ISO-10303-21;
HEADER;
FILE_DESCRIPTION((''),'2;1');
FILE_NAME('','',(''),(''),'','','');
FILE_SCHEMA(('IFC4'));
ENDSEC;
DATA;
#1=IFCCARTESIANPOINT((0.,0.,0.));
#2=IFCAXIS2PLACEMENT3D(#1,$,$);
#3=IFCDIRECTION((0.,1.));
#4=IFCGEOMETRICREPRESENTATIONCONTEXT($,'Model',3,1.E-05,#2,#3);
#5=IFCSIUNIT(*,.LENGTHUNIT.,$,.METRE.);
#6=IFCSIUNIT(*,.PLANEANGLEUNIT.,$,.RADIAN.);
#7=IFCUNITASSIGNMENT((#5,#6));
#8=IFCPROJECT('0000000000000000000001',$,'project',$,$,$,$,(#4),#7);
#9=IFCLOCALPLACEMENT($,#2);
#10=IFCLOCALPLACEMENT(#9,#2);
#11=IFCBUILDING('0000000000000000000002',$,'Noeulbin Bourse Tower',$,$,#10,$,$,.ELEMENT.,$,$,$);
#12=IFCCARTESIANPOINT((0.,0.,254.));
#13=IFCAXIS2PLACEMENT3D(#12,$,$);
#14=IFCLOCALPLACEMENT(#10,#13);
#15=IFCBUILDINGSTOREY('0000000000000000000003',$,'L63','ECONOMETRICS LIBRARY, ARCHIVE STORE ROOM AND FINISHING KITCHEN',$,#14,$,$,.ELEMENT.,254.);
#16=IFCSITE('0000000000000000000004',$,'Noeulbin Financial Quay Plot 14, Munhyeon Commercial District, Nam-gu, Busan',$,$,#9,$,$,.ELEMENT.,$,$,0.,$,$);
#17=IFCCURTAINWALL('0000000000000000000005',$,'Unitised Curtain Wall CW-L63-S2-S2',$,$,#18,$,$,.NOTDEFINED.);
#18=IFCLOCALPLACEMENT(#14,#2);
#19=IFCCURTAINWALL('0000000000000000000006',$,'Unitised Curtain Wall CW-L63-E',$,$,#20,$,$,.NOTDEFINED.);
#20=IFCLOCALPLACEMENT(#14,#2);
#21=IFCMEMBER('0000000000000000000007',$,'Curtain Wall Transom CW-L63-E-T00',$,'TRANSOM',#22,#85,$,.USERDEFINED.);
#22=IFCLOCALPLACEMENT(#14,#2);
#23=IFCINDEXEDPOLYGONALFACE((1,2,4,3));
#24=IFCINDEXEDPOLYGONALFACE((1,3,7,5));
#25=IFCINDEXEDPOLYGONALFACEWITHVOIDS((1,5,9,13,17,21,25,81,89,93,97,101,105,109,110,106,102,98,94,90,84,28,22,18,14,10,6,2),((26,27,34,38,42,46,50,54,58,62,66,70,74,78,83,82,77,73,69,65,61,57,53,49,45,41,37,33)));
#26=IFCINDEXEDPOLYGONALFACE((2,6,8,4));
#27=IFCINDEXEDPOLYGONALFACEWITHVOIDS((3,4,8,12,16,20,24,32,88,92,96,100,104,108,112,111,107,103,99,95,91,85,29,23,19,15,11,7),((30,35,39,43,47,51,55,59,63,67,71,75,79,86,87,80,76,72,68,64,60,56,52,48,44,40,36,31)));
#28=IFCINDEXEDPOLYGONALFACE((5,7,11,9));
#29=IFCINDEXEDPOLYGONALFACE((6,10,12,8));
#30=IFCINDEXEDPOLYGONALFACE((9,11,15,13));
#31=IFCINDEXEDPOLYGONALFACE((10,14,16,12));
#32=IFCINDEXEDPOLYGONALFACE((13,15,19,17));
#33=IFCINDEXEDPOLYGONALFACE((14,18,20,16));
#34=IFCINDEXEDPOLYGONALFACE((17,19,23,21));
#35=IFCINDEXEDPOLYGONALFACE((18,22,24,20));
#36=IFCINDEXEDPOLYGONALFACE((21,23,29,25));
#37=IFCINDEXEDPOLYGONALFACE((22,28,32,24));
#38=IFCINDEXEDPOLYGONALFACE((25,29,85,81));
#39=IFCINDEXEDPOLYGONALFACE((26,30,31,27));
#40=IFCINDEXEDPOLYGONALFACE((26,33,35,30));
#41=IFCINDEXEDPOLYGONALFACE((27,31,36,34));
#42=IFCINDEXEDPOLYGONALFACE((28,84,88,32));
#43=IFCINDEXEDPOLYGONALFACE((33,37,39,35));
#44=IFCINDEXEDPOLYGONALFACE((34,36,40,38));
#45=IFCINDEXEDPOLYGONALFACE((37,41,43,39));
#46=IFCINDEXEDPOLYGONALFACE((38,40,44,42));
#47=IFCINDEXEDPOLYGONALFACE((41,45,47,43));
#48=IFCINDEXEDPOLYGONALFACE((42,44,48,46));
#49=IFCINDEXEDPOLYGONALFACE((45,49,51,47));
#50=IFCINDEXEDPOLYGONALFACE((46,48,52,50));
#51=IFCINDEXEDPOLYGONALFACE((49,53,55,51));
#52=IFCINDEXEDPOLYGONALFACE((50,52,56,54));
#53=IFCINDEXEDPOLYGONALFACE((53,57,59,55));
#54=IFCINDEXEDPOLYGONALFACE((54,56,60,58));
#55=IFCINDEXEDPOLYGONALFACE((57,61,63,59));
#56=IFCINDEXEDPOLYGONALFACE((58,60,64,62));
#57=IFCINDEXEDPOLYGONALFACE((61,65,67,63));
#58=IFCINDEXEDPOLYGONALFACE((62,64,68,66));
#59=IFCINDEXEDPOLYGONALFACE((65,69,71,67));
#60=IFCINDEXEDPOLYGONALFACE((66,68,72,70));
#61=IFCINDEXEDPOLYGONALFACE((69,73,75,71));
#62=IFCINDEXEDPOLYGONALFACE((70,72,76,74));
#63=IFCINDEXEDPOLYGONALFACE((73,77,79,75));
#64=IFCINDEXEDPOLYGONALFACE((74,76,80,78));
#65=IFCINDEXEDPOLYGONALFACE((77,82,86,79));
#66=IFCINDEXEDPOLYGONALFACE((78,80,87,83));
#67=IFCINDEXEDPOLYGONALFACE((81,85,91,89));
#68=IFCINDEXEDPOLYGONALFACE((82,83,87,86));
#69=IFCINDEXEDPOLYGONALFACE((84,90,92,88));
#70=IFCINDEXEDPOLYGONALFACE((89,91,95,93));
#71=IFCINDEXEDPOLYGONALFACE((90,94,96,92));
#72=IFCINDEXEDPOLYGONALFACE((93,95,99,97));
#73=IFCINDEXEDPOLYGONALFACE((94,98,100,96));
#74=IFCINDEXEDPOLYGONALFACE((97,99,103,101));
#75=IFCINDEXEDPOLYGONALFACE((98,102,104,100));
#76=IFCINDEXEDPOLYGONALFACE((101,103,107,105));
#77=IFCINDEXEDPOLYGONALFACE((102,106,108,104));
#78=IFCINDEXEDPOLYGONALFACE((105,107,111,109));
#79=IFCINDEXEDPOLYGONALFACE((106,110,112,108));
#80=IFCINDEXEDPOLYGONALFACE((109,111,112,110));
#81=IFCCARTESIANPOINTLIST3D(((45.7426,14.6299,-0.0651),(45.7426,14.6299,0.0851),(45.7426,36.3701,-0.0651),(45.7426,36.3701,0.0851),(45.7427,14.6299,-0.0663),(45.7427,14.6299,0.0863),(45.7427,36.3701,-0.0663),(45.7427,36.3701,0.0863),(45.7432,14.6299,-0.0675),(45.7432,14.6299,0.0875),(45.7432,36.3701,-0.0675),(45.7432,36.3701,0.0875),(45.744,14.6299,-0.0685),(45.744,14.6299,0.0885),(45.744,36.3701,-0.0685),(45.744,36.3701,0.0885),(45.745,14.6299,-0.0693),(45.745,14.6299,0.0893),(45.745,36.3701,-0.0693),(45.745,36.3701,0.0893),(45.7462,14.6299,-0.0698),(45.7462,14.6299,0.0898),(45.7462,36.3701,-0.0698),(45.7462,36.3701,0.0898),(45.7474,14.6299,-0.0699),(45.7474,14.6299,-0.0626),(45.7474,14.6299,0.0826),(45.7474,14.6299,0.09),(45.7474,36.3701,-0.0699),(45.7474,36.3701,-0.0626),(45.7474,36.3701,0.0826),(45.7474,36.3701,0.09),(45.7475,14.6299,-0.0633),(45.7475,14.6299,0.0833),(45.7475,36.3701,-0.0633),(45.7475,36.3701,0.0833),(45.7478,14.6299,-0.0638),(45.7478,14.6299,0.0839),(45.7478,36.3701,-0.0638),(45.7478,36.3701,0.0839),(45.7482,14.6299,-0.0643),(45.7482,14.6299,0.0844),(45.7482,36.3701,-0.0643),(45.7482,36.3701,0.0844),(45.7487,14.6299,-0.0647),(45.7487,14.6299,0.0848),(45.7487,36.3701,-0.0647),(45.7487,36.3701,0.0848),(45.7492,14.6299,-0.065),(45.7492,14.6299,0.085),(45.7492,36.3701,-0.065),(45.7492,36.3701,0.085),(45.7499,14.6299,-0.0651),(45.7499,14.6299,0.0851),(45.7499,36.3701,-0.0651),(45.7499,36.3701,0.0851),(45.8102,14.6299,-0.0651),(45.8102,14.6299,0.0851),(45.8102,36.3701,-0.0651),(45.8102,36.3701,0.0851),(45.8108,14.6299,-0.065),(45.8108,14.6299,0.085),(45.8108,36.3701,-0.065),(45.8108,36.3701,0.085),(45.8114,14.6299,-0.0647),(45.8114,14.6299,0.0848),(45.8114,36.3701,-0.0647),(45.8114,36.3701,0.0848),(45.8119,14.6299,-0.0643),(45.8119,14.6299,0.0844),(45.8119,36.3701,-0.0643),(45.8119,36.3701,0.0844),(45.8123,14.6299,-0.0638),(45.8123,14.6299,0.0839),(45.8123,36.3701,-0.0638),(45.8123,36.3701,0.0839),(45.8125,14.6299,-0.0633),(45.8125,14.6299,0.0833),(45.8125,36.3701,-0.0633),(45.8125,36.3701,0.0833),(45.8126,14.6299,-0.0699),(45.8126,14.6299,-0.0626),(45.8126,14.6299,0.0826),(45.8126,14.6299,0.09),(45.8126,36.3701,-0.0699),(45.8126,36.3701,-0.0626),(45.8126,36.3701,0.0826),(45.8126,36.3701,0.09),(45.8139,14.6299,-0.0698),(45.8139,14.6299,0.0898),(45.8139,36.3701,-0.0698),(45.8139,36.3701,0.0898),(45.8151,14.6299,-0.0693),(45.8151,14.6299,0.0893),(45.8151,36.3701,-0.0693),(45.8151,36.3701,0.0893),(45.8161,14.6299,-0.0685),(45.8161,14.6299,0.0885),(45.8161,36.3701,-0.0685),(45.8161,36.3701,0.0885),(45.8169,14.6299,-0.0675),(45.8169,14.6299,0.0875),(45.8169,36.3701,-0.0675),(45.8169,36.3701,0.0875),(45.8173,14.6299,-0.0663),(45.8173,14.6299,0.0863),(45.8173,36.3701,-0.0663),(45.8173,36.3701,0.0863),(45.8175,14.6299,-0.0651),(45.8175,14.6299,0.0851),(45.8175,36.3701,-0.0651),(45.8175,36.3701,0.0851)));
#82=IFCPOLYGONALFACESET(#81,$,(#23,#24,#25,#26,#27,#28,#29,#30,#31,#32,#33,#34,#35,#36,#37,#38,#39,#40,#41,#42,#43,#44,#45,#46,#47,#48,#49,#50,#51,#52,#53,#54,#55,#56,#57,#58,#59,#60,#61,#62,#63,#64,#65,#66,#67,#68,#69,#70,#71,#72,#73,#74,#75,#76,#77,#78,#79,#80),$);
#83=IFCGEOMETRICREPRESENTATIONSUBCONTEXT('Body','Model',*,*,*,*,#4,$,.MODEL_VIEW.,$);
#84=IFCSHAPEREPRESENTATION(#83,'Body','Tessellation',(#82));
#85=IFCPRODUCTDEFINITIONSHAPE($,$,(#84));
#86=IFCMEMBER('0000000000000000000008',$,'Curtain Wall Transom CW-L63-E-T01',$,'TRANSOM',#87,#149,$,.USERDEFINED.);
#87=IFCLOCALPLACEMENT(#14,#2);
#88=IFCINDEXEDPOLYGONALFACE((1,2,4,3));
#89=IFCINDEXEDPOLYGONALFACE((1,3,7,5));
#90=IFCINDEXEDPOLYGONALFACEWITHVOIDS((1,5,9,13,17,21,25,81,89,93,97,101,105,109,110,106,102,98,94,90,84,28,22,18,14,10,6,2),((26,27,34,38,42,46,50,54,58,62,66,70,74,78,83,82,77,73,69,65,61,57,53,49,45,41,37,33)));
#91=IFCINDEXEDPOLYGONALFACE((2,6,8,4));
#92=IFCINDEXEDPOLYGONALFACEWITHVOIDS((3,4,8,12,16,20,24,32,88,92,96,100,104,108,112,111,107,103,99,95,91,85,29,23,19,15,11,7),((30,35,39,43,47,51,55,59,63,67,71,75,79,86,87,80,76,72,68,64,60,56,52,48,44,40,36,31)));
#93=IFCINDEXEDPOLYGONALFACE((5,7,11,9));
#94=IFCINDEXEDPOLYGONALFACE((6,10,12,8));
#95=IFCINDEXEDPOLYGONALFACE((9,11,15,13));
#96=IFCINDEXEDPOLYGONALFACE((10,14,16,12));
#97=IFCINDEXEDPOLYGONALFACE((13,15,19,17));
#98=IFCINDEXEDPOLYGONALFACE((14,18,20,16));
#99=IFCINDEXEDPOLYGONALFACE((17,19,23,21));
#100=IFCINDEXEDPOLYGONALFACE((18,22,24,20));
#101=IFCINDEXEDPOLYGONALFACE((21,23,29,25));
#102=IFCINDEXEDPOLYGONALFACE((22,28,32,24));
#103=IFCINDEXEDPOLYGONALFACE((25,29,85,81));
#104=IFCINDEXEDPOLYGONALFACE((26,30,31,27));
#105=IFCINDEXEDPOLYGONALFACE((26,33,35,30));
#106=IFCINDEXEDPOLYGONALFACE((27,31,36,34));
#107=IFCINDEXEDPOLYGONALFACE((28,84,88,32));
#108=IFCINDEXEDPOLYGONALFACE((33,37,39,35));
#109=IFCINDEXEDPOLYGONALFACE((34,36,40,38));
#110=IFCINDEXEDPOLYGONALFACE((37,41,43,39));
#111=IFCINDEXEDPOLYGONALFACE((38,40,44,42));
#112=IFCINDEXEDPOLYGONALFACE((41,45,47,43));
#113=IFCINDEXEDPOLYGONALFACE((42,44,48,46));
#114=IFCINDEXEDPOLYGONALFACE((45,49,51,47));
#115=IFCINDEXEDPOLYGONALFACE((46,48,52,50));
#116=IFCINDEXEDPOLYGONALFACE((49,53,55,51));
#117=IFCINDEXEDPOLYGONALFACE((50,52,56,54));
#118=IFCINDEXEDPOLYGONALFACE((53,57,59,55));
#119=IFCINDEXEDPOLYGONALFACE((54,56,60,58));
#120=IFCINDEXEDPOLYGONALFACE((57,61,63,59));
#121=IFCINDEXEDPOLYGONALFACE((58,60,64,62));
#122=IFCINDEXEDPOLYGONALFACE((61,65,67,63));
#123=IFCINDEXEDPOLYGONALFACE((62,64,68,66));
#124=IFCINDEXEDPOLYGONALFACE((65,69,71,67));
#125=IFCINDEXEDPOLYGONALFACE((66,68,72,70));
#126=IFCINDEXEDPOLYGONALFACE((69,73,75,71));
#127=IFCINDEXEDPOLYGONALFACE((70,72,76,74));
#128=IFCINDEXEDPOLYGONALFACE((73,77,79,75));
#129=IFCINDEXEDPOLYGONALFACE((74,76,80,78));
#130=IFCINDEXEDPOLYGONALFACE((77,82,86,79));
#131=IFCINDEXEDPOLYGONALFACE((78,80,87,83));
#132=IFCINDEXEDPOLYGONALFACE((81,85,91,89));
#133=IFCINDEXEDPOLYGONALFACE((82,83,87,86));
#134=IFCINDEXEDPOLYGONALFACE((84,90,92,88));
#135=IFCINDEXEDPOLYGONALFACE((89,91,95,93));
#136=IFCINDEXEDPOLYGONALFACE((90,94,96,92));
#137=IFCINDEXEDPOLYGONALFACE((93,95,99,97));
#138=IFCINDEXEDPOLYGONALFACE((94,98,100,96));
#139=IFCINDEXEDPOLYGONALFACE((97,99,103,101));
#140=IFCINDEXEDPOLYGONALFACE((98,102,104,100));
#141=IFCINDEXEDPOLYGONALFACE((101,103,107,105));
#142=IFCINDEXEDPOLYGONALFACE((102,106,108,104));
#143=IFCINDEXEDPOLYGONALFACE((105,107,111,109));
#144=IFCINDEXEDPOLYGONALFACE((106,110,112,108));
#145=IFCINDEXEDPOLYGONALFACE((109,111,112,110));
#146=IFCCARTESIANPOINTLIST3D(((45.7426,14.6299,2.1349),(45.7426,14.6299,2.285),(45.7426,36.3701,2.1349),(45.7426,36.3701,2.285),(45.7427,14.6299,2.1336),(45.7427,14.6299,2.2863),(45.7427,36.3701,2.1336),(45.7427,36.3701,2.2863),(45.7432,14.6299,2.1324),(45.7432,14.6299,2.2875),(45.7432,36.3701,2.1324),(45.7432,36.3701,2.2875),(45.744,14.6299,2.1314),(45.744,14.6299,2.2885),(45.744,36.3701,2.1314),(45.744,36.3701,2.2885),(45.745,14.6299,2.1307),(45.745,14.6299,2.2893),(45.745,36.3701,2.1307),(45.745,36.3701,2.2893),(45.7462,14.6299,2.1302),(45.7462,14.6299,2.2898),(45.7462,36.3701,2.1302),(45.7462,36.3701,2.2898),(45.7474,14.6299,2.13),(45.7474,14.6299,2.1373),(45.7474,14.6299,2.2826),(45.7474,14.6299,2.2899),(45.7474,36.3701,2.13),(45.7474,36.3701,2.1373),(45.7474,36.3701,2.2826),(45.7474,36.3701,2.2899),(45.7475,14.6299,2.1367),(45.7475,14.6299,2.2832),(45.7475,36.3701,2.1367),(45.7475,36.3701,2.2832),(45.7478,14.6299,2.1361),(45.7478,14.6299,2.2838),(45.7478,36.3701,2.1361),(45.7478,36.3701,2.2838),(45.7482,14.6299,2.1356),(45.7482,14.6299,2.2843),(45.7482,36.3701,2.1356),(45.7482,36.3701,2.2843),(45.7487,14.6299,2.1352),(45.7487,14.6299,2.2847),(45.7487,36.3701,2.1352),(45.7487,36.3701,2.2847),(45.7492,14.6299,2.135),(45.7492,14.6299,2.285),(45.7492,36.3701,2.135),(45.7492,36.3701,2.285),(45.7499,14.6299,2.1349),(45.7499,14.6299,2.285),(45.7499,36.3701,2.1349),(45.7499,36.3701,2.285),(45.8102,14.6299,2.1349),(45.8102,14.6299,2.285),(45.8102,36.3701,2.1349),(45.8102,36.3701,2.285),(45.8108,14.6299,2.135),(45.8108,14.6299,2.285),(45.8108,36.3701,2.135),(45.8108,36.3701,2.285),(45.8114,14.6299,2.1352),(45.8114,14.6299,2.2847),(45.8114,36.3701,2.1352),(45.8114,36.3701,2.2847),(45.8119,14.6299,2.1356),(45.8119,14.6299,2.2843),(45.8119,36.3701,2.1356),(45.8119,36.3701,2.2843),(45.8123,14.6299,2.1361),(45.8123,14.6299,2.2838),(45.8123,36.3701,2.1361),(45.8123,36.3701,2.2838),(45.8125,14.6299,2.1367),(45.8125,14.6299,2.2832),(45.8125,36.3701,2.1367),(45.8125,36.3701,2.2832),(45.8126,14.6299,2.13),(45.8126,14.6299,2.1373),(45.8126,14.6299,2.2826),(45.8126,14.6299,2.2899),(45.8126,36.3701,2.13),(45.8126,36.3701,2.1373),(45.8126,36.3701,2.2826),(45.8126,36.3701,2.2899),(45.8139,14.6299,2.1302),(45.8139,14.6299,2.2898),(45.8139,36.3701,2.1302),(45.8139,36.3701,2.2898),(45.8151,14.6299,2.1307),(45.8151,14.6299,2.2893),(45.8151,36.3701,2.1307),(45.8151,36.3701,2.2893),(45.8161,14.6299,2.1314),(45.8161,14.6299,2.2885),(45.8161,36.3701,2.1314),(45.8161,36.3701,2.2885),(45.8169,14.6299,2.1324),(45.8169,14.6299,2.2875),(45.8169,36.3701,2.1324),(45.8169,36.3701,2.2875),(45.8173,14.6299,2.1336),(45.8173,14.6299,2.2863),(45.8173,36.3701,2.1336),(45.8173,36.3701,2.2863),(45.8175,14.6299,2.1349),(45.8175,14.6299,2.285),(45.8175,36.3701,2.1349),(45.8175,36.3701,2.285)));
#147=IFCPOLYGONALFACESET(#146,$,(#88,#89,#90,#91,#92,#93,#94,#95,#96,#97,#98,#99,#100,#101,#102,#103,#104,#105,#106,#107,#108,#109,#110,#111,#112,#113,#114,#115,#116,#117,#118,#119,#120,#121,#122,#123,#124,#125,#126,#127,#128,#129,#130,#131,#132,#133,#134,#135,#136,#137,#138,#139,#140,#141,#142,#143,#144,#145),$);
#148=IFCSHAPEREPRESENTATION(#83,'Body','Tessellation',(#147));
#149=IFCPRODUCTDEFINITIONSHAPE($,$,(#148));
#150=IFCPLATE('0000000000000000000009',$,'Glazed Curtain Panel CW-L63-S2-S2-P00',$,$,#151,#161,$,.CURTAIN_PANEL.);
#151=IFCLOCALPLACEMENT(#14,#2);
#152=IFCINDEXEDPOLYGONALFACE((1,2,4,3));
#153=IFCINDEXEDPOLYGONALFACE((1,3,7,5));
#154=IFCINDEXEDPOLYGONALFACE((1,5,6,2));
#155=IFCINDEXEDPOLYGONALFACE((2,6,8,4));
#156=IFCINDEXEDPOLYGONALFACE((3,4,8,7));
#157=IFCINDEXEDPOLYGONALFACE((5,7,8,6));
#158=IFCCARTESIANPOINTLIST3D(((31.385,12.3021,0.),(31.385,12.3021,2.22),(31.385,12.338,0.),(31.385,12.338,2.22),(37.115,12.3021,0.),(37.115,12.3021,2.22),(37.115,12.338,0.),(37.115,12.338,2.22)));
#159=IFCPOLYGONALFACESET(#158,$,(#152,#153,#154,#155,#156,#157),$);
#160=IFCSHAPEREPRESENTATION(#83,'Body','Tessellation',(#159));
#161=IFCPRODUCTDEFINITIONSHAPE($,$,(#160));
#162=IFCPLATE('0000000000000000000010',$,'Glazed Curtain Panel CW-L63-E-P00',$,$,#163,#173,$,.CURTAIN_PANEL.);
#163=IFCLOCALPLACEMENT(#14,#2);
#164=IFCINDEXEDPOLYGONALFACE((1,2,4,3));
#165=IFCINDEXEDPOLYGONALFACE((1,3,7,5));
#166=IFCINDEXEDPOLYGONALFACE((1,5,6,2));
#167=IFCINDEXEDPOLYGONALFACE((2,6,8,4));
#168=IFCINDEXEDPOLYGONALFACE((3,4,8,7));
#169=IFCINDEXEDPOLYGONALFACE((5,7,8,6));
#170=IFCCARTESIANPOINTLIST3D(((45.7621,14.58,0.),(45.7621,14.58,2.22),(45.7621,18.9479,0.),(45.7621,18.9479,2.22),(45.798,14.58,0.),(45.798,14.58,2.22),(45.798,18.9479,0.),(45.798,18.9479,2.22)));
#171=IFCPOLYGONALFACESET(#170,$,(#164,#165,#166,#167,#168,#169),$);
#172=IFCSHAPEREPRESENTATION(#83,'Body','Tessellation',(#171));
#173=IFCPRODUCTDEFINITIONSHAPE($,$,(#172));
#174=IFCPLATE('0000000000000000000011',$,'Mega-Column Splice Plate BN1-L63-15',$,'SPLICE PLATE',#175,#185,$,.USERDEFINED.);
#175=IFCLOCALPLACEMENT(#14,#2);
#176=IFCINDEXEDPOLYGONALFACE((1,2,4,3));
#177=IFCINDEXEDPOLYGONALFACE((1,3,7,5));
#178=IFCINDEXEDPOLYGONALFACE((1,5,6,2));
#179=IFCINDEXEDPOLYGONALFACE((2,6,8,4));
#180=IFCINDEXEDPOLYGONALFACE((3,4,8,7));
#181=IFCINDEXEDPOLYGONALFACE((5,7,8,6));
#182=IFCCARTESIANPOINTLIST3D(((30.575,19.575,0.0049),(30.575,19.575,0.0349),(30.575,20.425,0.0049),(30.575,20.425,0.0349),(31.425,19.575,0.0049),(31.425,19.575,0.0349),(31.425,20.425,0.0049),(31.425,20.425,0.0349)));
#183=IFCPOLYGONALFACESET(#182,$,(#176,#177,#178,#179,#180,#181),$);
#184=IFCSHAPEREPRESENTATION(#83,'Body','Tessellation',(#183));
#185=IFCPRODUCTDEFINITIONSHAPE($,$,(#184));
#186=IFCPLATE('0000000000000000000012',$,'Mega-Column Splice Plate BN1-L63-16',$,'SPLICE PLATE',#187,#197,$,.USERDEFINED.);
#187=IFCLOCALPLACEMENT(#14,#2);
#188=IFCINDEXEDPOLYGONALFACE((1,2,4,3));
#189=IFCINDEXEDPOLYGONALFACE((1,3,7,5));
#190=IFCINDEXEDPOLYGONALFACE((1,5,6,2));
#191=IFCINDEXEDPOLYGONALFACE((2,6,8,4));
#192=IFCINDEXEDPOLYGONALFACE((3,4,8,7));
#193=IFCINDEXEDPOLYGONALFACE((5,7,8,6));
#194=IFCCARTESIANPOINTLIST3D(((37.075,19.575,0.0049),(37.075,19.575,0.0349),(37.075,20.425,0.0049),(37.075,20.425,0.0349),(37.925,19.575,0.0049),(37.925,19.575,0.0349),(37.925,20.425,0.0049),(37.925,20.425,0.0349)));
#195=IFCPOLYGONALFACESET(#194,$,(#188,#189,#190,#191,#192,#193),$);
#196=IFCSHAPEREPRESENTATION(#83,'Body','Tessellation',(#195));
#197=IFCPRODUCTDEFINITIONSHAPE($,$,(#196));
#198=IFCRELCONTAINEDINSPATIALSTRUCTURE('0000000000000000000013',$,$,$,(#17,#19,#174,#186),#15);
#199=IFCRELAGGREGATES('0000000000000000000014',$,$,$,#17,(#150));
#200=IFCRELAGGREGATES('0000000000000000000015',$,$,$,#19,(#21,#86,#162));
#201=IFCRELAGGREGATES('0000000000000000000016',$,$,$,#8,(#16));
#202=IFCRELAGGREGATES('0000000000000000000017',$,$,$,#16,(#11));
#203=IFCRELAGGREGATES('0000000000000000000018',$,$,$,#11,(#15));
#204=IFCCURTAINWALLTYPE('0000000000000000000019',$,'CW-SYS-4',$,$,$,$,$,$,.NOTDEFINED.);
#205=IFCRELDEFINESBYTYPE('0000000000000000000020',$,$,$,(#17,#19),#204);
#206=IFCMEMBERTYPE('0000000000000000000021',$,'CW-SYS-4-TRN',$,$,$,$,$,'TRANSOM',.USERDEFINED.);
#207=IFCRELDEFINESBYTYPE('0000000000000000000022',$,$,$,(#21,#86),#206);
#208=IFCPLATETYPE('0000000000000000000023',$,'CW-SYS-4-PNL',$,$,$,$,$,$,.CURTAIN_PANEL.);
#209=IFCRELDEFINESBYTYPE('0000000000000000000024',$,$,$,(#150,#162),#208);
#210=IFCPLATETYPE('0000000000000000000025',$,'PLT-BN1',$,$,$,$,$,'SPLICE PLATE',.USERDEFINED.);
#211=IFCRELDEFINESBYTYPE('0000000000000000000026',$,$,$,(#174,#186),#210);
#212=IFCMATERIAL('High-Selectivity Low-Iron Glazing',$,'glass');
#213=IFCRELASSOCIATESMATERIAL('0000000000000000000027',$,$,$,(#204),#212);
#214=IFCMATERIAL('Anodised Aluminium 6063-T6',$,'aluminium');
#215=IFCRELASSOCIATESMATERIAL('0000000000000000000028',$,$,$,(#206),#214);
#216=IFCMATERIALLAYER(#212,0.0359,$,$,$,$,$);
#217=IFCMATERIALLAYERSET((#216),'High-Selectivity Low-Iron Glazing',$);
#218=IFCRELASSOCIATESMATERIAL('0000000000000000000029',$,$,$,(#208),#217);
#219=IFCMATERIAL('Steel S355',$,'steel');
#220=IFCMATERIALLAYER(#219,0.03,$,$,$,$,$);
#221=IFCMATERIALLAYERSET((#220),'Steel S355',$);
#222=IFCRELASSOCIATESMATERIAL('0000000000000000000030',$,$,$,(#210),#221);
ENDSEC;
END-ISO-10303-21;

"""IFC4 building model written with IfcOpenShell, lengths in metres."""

from ifc_helpers import new_model, si_unit, direction, frame, origin, origin_2d, place, context, subcontext, project, spatial, rectangle, hollow_rectangle, extrude, material, layer, layer_set, material_profile, profile_set, type_object, element, aggregate, save


model = new_model("IFC4")

# Units and contexts
model_context = context("Model", 3, precision=1e-05, world=origin(), true_north=direction((0.0, 1.0)))
body_context = subcontext(model_context, "Body", "Model", "MODEL_VIEW")
ifc_project = project(units=[si_unit("LENGTHUNIT", "METRE"), si_unit("PLANEANGLEUNIT", "RADIAN")], contexts=[model_context])

# Site, building, storey
site_placement = place(None, origin())
site = spatial("IfcSite", under=ifc_project, at=site_placement, Name="Noeulbin Financial Quay Plot 14, Munhyeon Commercial District, Nam-gu, Busan", CompositionType="ELEMENT", RefElevation=0.0)
building_placement = place(site_placement, origin())
building = spatial("IfcBuilding", under=site, at=building_placement, Name="Noeulbin Bourse Tower", CompositionType="ELEMENT")
storey_placement = place(building_placement, frame((0.0, 0.0, 254.0)))
storey = spatial("IfcBuildingStorey", under=building, at=storey_placement, Name="L63", Description="ECONOMETRICS LIBRARY, ARCHIVE STORE ROOM AND FINISHING KITCHEN", CompositionType="ELEMENT", Elevation=254.0)

# Shared definitions
ifc_material_1 = material(Name="Steel S355", Category="steel")

# Curtain walls
ifc_material_2 = material(Name="High-Selectivity Low-Iron Glazing", Category="glass")
curtain_wall_type = type_object("IfcCurtainWallType", Name="CW-SYS-4", PredefinedType="NOTDEFINED", material=ifc_material_2)
curtain_wall_1_placement = place(storey_placement, origin())
curtain_wall_1 = element("IfcCurtainWall", 1, at=curtain_wall_1_placement, inside=storey, type_object=curtain_wall_type, Name="Unitised Curtain Wall CW-L63-S2-S2", PredefinedType="NOTDEFINED")
ifc_material_3 = material(Name="Anodised Aluminium 6063-T6", Category="aluminium")
curtain_wall_2_placement = place(storey_placement, origin())
curtain_wall_2 = element("IfcCurtainWall", 2, at=curtain_wall_2_placement, inside=storey, type_object=curtain_wall_type, Name="Unitised Curtain Wall CW-L63-E", PredefinedType="NOTDEFINED")

# Members
ifc_material_profile_1 = material_profile(ifc_material_3, hollow_rectangle(XDim=0.075, YDim=0.1599, WallThickness=0.0049, InnerFilletRadius=0.0024, OuterFilletRadius=0.0049, at=origin_2d()), Name="ALU-TRAN-75x160x5", Category="LoadBearing")
ifc_profile_set_1 = profile_set([ifc_material_profile_1], Name="Anodised Aluminium 6063-T6")
member_type_1 = type_object("IfcMemberType", Name="CW-SYS-4-TRN", ElementType="TRANSOM", PredefinedType="USERDEFINED", material=ifc_profile_set_1)
member_1_placement = place(storey_placement, frame((45.78, 14.6299, 0.01), z_axis=(0.0, 1.0, 0.0), x_axis=(-1.0, 0.0, 0.0)))
member_1 = element("IfcMember", 3, at=member_1_placement, type_object=member_type_1, Name="Curtain Wall Transom CW-L63-E-T00", ObjectType="TRANSOM", PredefinedType="USERDEFINED", context=body_context, shape_type="SweptSolid", body=[
    extrude(hollow_rectangle(XDim=0.075, YDim=0.1599, WallThickness=0.0049, InnerFilletRadius=0.0024, OuterFilletRadius=0.0049, at=origin_2d()), origin(), (0.0, 0.0, 1.0), 21.7402),
])
member_2_placement = place(storey_placement, frame((45.78, 14.6299, 2.21), z_axis=(0.0, 1.0, 0.0), x_axis=(-1.0, 0.0, 0.0)))
member_2 = element("IfcMember", 4, at=member_2_placement, type_object=member_type_1, Name="Curtain Wall Transom CW-L63-E-T01", ObjectType="TRANSOM", PredefinedType="USERDEFINED", context=body_context, shape_type="SweptSolid", body=[
    extrude(hollow_rectangle(XDim=0.075, YDim=0.1599, WallThickness=0.0049, InnerFilletRadius=0.0024, OuterFilletRadius=0.0049, at=origin_2d()), origin(), (0.0, 0.0, 1.0), 21.7402),
])

# Plates
ifc_layer_1 = layer(ifc_material_2, 0.0359)
ifc_layer_set_1 = layer_set([ifc_layer_1], Name="High-Selectivity Low-Iron Glazing")
plate_type_1 = type_object("IfcPlateType", Name="CW-SYS-4-PNL", PredefinedType="CURTAIN_PANEL", material=ifc_layer_set_1)
plate_1_placement = place(storey_placement, frame((34.25, 12.3201, 0.0), z_axis=(0.0, 0.0, 1.0), x_axis=(1.0, 0.0, 0.0)))
plate_1 = element("IfcPlate", 5, at=plate_1_placement, type_object=plate_type_1, Name="Glazed Curtain Panel CW-L63-S2-S2-P00", PredefinedType="CURTAIN_PANEL", context=body_context, shape_type="SweptSolid", body=[
    extrude(rectangle(XDim=5.73, YDim=0.0359, at=origin_2d()), origin(), (0.0, 0.0, 1.0), 2.22),
])
aggregate(curtain_wall_1, [plate_1])
plate_2_placement = place(storey_placement, frame((45.78, 16.7639, 0.0), z_axis=(0.0, 0.0, 1.0), x_axis=(0.0, 1.0, 0.0)))
plate_2 = element("IfcPlate", 6, at=plate_2_placement, type_object=plate_type_1, Name="Glazed Curtain Panel CW-L63-E-P00", PredefinedType="CURTAIN_PANEL", context=body_context, shape_type="SweptSolid", body=[
    extrude(rectangle(XDim=4.3679, YDim=0.0359, at=origin_2d()), origin(), (0.0, 0.0, 1.0), 2.22),
])
aggregate(curtain_wall_2, [member_1, member_2, plate_2])

# Plates
ifc_layer_2 = layer(ifc_material_1, 0.03)
ifc_layer_set_2 = layer_set([ifc_layer_2], Name="Steel S355")
plate_type_2 = type_object("IfcPlateType", Name="PLT-BN1", ElementType="SPLICE PLATE", PredefinedType="USERDEFINED", material=ifc_layer_set_2)
for number, where, z_axis, x_axis, name in (
    (7, (31.0, 20.0, 0.0049), (0.0, 0.0, 1.0), (1.0, 0.0, 0.0), "Mega-Column Splice Plate BN1-L63-15"),
    (8, (37.5, 20.0, 0.0049), (0.0, 0.0, 1.0), (1.0, 0.0, 0.0), "Mega-Column Splice Plate BN1-L63-16"),
):
    element("IfcPlate", number, at=place(storey_placement, frame(where, z_axis=z_axis, x_axis=x_axis)), inside=storey, type_object=plate_type_2, Name=name, ObjectType="SPLICE PLATE", PredefinedType="USERDEFINED", context=body_context, shape_type="SweptSolid", body=[
        extrude(rectangle(XDim=0.8501, YDim=0.8501, at=origin_2d()), origin(), (0.0, 0.0, 1.0), 0.03),
    ])

save(model, "model.ifc")
